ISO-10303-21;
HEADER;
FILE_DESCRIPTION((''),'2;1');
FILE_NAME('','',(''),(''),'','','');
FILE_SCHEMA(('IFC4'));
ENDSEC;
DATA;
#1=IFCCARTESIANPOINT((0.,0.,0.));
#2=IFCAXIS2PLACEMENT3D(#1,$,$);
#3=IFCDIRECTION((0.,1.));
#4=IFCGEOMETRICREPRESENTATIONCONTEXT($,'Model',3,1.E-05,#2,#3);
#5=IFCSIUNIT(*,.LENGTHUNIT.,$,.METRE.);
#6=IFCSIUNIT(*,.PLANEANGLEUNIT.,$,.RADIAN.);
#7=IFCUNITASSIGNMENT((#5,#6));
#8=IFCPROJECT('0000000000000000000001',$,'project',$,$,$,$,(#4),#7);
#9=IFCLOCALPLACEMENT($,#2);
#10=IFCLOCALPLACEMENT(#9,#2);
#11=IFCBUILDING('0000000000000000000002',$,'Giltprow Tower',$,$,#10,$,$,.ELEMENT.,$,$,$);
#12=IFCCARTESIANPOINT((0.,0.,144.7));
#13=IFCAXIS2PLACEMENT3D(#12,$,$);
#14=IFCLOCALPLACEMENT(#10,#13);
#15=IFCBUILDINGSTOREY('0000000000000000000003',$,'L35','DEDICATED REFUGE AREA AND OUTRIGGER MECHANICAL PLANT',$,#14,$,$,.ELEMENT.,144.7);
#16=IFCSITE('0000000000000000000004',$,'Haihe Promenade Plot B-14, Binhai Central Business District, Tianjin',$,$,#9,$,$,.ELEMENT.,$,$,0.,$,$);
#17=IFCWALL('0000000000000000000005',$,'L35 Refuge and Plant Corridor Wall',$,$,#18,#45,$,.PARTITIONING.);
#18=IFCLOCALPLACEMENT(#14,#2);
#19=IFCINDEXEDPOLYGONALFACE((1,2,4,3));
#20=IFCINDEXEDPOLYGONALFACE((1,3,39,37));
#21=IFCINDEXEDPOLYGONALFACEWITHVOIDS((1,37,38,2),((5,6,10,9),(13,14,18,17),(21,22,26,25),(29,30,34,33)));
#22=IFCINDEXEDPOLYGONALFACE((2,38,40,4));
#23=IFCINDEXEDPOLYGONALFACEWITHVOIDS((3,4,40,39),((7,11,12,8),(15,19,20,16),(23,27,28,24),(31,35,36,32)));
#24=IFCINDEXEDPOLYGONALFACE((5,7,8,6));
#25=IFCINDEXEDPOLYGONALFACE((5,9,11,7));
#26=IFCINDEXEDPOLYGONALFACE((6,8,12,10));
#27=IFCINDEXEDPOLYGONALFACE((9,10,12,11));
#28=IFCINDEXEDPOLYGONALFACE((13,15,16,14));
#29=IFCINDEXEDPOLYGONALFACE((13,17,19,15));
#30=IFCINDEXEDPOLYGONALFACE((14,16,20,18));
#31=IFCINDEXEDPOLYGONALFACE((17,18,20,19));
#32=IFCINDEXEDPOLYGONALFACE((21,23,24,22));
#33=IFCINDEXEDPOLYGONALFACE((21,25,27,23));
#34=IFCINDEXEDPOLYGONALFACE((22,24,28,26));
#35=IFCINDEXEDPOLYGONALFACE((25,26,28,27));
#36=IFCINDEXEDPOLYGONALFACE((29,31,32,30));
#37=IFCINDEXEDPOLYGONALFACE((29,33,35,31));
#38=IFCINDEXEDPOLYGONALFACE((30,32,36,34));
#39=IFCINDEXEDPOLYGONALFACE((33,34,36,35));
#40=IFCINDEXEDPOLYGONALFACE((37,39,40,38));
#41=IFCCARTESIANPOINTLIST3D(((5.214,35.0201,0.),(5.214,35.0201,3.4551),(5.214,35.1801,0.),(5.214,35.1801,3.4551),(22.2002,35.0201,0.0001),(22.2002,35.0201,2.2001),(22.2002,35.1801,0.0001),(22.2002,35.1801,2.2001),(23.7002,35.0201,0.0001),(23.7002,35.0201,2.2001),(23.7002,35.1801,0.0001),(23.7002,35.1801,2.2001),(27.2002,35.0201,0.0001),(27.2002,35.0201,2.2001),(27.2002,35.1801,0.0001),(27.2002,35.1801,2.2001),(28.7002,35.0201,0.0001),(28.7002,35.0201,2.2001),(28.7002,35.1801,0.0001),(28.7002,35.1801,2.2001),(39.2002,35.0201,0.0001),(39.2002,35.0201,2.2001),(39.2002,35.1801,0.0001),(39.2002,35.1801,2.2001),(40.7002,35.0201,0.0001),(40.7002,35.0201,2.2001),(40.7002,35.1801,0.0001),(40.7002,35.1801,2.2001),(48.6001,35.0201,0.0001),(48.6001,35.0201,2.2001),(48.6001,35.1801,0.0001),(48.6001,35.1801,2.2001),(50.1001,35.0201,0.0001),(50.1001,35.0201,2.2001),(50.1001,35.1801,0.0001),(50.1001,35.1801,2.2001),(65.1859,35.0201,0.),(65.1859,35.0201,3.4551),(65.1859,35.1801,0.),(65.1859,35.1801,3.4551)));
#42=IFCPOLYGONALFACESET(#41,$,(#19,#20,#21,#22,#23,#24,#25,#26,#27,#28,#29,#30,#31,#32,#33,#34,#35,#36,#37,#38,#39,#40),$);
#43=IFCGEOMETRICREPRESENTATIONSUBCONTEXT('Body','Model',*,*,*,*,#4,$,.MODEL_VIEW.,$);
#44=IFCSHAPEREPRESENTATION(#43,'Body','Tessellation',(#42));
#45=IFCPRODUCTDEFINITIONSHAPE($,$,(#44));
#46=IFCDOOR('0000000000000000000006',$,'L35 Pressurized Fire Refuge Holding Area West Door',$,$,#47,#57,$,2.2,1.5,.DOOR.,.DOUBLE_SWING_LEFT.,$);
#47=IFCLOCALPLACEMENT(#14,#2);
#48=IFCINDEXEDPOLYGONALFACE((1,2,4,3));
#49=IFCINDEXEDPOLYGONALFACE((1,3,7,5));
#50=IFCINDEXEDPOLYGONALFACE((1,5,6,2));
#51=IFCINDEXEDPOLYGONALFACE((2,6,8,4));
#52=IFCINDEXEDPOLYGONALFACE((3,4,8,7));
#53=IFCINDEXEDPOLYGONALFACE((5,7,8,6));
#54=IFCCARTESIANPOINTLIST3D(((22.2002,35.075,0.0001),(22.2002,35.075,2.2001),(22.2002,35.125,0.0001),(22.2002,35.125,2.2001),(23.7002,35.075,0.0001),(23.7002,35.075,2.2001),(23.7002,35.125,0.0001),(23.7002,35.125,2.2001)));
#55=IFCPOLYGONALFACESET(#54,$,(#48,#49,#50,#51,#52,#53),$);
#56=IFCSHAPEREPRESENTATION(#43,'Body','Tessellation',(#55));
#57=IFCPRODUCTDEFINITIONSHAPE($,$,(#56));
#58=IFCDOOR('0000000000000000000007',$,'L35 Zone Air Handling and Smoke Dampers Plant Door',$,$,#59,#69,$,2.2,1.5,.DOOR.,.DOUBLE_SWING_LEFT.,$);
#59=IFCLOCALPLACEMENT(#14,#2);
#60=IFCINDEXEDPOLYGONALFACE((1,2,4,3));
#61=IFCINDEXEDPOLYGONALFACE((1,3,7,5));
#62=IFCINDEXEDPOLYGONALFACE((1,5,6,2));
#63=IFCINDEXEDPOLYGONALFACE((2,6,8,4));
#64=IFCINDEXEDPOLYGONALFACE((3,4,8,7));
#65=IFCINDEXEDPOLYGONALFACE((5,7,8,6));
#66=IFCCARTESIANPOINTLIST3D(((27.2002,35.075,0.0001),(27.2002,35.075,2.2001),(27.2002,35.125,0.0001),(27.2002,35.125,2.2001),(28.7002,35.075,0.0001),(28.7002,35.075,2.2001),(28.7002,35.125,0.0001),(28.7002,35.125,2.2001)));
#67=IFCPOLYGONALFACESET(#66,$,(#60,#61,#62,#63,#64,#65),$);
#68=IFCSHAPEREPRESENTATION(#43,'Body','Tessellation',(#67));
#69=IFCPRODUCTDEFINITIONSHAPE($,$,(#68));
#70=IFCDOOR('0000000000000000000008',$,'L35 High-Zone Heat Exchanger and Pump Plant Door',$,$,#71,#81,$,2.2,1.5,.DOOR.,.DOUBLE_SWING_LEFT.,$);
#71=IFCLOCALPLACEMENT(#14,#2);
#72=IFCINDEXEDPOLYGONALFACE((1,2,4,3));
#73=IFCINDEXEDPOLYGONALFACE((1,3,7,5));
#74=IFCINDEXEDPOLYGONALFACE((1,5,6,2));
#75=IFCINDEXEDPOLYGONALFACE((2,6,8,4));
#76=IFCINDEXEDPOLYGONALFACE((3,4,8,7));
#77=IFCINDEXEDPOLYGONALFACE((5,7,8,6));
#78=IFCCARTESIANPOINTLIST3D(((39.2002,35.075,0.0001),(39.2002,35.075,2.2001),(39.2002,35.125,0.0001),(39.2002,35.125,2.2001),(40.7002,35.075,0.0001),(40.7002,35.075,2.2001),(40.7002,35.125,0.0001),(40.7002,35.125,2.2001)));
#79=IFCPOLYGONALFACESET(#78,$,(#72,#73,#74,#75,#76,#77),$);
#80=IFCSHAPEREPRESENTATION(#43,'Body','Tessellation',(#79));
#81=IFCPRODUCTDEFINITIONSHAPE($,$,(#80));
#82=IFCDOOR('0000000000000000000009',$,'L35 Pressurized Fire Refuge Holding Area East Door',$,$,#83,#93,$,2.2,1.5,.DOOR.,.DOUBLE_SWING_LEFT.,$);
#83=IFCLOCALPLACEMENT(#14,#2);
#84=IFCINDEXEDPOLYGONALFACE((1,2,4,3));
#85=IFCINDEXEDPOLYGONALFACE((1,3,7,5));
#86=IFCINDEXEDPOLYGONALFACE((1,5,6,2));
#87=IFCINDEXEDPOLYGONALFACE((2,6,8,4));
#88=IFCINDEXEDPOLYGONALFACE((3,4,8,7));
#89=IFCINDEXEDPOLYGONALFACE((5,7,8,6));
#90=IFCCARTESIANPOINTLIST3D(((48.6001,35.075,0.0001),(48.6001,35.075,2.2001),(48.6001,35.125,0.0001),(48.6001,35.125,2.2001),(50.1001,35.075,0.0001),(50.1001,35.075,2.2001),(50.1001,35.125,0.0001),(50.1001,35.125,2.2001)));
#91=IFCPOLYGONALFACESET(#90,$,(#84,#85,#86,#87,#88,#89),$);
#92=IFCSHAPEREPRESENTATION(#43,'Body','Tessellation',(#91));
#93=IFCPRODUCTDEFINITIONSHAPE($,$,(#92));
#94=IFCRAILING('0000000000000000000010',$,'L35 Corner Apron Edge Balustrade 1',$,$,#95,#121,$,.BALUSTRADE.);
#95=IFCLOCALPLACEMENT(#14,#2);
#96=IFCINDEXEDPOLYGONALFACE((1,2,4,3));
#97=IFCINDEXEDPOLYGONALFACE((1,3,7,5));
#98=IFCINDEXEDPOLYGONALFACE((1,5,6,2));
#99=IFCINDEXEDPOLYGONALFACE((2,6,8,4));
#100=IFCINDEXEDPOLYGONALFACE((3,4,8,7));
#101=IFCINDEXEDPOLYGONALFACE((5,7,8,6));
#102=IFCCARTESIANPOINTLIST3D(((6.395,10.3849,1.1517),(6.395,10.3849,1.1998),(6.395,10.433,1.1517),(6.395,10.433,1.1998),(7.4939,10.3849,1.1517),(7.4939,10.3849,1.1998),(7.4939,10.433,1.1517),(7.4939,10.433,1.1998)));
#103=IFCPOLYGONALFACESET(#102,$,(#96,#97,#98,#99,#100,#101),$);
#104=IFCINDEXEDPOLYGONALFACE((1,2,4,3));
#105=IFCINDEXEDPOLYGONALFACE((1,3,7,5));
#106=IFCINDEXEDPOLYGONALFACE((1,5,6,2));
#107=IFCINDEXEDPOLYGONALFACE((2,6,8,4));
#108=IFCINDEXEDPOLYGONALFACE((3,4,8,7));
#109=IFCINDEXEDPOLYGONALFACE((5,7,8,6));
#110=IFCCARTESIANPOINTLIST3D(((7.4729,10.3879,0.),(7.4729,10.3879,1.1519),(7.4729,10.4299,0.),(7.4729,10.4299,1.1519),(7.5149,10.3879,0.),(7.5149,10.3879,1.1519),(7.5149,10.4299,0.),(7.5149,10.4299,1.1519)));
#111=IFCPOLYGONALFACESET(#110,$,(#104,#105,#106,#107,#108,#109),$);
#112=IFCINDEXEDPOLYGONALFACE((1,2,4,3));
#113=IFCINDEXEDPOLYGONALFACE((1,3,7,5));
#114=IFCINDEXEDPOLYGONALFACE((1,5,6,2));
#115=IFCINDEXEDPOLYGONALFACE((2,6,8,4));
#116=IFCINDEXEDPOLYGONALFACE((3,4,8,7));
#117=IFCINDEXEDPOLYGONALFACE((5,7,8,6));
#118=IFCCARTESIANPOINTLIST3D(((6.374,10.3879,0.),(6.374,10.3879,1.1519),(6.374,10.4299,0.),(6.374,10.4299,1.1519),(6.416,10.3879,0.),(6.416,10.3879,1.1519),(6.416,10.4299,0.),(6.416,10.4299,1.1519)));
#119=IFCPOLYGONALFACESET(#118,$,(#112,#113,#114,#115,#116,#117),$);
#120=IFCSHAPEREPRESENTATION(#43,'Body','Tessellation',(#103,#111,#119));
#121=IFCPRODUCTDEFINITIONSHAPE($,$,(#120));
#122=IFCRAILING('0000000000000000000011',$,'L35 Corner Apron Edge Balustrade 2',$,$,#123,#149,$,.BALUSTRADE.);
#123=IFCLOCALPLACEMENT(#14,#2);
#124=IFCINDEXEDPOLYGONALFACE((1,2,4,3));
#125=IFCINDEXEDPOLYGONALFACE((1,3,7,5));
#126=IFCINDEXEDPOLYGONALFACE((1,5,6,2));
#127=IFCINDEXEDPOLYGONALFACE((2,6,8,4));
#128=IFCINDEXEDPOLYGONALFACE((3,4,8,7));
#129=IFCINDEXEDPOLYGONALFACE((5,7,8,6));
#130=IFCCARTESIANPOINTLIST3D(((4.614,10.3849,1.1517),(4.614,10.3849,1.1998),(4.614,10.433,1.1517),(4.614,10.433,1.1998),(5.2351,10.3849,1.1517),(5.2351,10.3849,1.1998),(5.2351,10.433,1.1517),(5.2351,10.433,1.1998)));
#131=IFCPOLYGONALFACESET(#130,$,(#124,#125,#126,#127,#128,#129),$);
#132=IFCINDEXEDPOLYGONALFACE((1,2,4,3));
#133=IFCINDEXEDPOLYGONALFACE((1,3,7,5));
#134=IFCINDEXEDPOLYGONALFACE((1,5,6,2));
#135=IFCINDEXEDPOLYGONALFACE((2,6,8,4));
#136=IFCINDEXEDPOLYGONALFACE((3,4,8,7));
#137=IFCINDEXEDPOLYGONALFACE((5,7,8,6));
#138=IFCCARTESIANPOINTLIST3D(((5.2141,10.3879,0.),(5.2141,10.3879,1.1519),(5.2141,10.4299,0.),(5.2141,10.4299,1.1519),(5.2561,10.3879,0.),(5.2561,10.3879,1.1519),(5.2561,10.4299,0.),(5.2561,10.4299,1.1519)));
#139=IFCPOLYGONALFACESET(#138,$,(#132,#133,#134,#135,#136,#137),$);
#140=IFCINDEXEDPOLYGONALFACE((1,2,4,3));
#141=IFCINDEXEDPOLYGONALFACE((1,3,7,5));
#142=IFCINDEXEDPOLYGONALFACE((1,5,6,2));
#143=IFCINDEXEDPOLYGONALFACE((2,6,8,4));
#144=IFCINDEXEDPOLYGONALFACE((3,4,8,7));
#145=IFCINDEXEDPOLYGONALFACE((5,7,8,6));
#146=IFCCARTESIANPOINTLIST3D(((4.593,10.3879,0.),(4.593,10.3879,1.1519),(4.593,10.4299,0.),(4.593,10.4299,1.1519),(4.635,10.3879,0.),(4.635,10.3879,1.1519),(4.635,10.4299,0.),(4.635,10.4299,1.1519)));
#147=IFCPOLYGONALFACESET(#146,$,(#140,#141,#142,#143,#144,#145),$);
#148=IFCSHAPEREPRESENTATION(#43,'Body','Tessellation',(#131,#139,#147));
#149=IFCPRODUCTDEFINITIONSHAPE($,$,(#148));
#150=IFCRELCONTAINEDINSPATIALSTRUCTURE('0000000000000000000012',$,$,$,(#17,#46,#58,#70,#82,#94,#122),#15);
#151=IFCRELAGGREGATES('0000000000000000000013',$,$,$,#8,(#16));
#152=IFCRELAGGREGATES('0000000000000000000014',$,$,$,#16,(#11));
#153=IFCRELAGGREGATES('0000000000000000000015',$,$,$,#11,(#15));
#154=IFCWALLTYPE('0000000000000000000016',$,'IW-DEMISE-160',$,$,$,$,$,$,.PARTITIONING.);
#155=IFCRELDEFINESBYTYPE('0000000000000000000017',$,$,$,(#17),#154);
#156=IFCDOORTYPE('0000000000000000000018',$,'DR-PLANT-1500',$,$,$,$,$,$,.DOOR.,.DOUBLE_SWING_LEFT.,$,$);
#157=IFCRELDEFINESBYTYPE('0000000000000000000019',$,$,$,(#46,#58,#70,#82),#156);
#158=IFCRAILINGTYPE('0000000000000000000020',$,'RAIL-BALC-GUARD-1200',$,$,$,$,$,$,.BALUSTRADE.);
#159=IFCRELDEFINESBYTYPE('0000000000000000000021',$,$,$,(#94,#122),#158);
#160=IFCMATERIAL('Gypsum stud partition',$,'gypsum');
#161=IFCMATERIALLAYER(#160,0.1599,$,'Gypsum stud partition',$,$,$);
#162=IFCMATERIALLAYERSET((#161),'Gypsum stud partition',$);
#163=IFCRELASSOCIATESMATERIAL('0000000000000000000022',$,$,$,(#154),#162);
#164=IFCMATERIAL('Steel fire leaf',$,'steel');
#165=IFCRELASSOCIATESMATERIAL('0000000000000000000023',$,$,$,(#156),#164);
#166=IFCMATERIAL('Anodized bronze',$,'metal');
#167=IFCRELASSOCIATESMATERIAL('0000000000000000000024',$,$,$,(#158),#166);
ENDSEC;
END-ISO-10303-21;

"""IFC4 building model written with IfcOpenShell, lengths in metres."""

from ifc_helpers import new_model, si_unit, direction, frame, frame_2d, origin, origin_2d, place, context, subcontext, project, spatial, rectangle, extrude, source, transform, mapped, material, layer, layer_set, type_object, element, fill, save


model = new_model("IFC4")

# Units and contexts
model_context = context("Model", 3, precision=1e-05, world=origin(), true_north=direction((0.0, 1.0)))
body_context = subcontext(model_context, "Body", "Model", "MODEL_VIEW")
ifc_project = project(units=[si_unit("LENGTHUNIT", "METRE"), si_unit("PLANEANGLEUNIT", "RADIAN")], contexts=[model_context])

# Site, building, storey
site_placement = place(None, origin())
site = spatial("IfcSite", under=ifc_project, at=site_placement, Name="Haihe Promenade Plot B-14, Binhai Central Business District, Tianjin", CompositionType="ELEMENT", RefElevation=0.0)
building_placement = place(site_placement, origin())
building = spatial("IfcBuilding", under=site, at=building_placement, Name="Giltprow Tower", CompositionType="ELEMENT")
storey_placement = place(building_placement, frame((0.0, 0.0, 144.7)))
storey = spatial("IfcBuildingStorey", under=building, at=storey_placement, Name="L35", Description="DEDICATED REFUGE AREA AND OUTRIGGER MECHANICAL PLANT", CompositionType="ELEMENT", Elevation=144.7)

# Wall, openings, doors
ifc_material_1 = material(Name="Gypsum stud partition", Category="gypsum")
ifc_layer_1 = layer(ifc_material_1, 0.1599, Name="Gypsum stud partition")
ifc_layer_set_1 = layer_set([ifc_layer_1], Name="Gypsum stud partition")
wall_type_1 = type_object("IfcWallType", Name="IW-DEMISE-160", PredefinedType="PARTITIONING", material=ifc_layer_set_1)
wall_1_placement = place(storey_placement, frame((5.2141, 35.1001, 0.0), z_axis=(0.0, 0.0, 1.0), x_axis=(1.0, 0.0, 0.0)))
wall_1 = element("IfcWall", 1, at=wall_1_placement, inside=storey, type_object=wall_type_1, Name="L35 Refuge and Plant Corridor Wall", PredefinedType="PARTITIONING", context=body_context, shape_type="SweptSolid", body=[
    extrude(rectangle(XDim=59.9719, YDim=0.1599, at=frame_2d((29.9858, 0.0))), origin(), (0.0, 0.0, 1.0), 3.4551),
])
opening_1_placement = place(wall_1_placement, frame((16.9861, 0.0, 0.0)))
opening_1 = element("IfcOpeningElement", 2, at=opening_1_placement, cuts=wall_1, PredefinedType="OPENING", context=body_context, shape_type="SweptSolid", body=[
    extrude(rectangle(XDim=1.5, YDim=2.2, at=frame_2d((0.75, 1.1001))), frame((0.0, 0.0898, 0.0), z_axis=(0.0, -1.0, 0.0), x_axis=(1.0, 0.0, 0.0)), (0.0, 0.0, 1.0), 0.1799),
])
opening_2_placement = place(wall_1_placement, frame((21.9861, 0.0, 0.0)))
opening_2 = element("IfcOpeningElement", 3, at=opening_2_placement, cuts=wall_1, PredefinedType="OPENING", context=body_context, shape_type="SweptSolid", body=[
    extrude(rectangle(XDim=1.5, YDim=2.2, at=frame_2d((0.75, 1.1001))), frame((0.0, 0.0898, 0.0), z_axis=(0.0, -1.0, 0.0), x_axis=(1.0, 0.0, 0.0)), (0.0, 0.0, 1.0), 0.1799),
])
opening_3_placement = place(wall_1_placement, frame((33.9861, 0.0, 0.0)))
opening_3 = element("IfcOpeningElement", 4, at=opening_3_placement, cuts=wall_1, PredefinedType="OPENING", context=body_context, shape_type="SweptSolid", body=[
    extrude(rectangle(XDim=1.5, YDim=2.2, at=frame_2d((0.75, 1.1001))), frame((0.0, 0.0898, 0.0), z_axis=(0.0, -1.0, 0.0), x_axis=(1.0, 0.0, 0.0)), (0.0, 0.0, 1.0), 0.1799),
])
opening_4_placement = place(wall_1_placement, frame((43.386, 0.0, 0.0)))
opening_4 = element("IfcOpeningElement", 5, at=opening_4_placement, cuts=wall_1, PredefinedType="OPENING", context=body_context, shape_type="SweptSolid", body=[
    extrude(rectangle(XDim=1.5, YDim=2.2, at=frame_2d((0.75, 1.1001))), frame((0.0, 0.0898, 0.0), z_axis=(0.0, -1.0, 0.0), x_axis=(1.0, 0.0, 0.0)), (0.0, 0.0, 1.0), 0.1799),
])
ifc_material_2 = material(Name="Steel fire leaf", Category="steel")
door_type = type_object("IfcDoorType", Name="DR-PLANT-1500", OperationType="DOUBLE_SWING_LEFT", PredefinedType="DOOR", material=ifc_material_2)
shared_shape_1 = source(origin(), body_context, "Body", "SweptSolid", [
    extrude(rectangle(XDim=1.5, YDim=2.2, at=frame_2d((0.75, 1.1001))), frame((0.0, 0.0249, 0.0), z_axis=(0.0, -1.0, 0.0), x_axis=(1.0, 0.0, 0.0)), (0.0, 0.0, 1.0), 0.05),
])
door_1_placement = place(opening_1_placement, origin())
door_1 = element("IfcDoor", 6, at=door_1_placement, inside=storey, type_object=door_type, Name="L35 Pressurized Fire Refuge Holding Area West Door", OperationType="DOUBLE_SWING_LEFT", OverallHeight=2.2, OverallWidth=1.5, PredefinedType="DOOR", context=body_context, shape_type="MappedRepresentation", body=[
    mapped(shared_shape_1, transform((0.0, 0.0, 0.0), x_axis=(1.0, 0.0, 0.0), y_axis=(0.0, 1.0, 0.0), z_axis=(0.0, 0.0, 1.0), scale=1.0)),
])
fill(opening_1, door_1)
door_2_placement = place(opening_2_placement, origin())
door_2 = element("IfcDoor", 7, at=door_2_placement, inside=storey, type_object=door_type, Name="L35 Zone Air Handling and Smoke Dampers Plant Door", OperationType="DOUBLE_SWING_LEFT", OverallHeight=2.2, OverallWidth=1.5, PredefinedType="DOOR", context=body_context, shape_type="MappedRepresentation", body=[
    mapped(shared_shape_1, transform((0.0, 0.0, 0.0), x_axis=(1.0, 0.0, 0.0), y_axis=(0.0, 1.0, 0.0), z_axis=(0.0, 0.0, 1.0), scale=1.0)),
])
fill(opening_2, door_2)
door_3_placement = place(opening_3_placement, origin())
door_3 = element("IfcDoor", 8, at=door_3_placement, inside=storey, type_object=door_type, Name="L35 High-Zone Heat Exchanger and Pump Plant Door", OperationType="DOUBLE_SWING_LEFT", OverallHeight=2.2, OverallWidth=1.5, PredefinedType="DOOR", context=body_context, shape_type="MappedRepresentation", body=[
    mapped(shared_shape_1, transform((0.0, 0.0, 0.0), x_axis=(1.0, 0.0, 0.0), y_axis=(0.0, 1.0, 0.0), z_axis=(0.0, 0.0, 1.0), scale=1.0)),
])
fill(opening_3, door_3)
door_4_placement = place(opening_4_placement, origin())
door_4 = element("IfcDoor", 9, at=door_4_placement, inside=storey, type_object=door_type, Name="L35 Pressurized Fire Refuge Holding Area East Door", OperationType="DOUBLE_SWING_LEFT", OverallHeight=2.2, OverallWidth=1.5, PredefinedType="DOOR", context=body_context, shape_type="MappedRepresentation", body=[
    mapped(shared_shape_1, transform((0.0, 0.0, 0.0), x_axis=(1.0, 0.0, 0.0), y_axis=(0.0, 1.0, 0.0), z_axis=(0.0, 0.0, 1.0), scale=1.0)),
])
fill(opening_4, door_4)

# Railings
ifc_material_3 = material(Name="Anodized bronze", Category="metal")
railing_type = type_object("IfcRailingType", Name="RAIL-BALC-GUARD-1200", PredefinedType="BALUSTRADE", material=ifc_material_3)
railing_1_placement = place(storey_placement, frame((7.4939, 10.4089, 0.0)))
element("IfcRailing", 10, at=railing_1_placement, inside=storey, type_object=railing_type, Name="L35 Corner Apron Edge Balustrade 1", PredefinedType="BALUSTRADE", context=body_context, shape_type="SweptSolid", body=[
    extrude(rectangle(XDim=0.0481, YDim=0.0481, at=origin_2d()), frame((0.0, 0.0, 1.1758), z_axis=(-1.0, 0.0, 0.0), x_axis=(0.0, -1.0, 0.0)), (0.0, 0.0, 1.0), 1.0989),
    extrude(rectangle(XDim=0.042, YDim=0.042, at=origin_2d()), origin(), (0.0, 0.0, 1.0), 1.1519),
    extrude(rectangle(XDim=0.042, YDim=0.042, at=origin_2d()), frame((-1.0989, 0.0, 0.0)), (0.0, 0.0, 1.0), 1.1519),
])
railing_2_placement = place(storey_placement, frame((5.2351, 10.4089, 0.0)))
element("IfcRailing", 11, at=railing_2_placement, inside=storey, type_object=railing_type, Name="L35 Corner Apron Edge Balustrade 2", PredefinedType="BALUSTRADE", context=body_context, shape_type="SweptSolid", body=[
    extrude(rectangle(XDim=0.0481, YDim=0.0481, at=origin_2d()), frame((0.0, 0.0, 1.1758), z_axis=(-1.0, 0.0, 0.0), x_axis=(0.0, -1.0, 0.0)), (0.0, 0.0, 1.0), 0.6211),
    extrude(rectangle(XDim=0.042, YDim=0.042, at=origin_2d()), origin(), (0.0, 0.0, 1.0), 1.1519),
    extrude(rectangle(XDim=0.042, YDim=0.042, at=origin_2d()), frame((-0.6211, 0.0, 0.0)), (0.0, 0.0, 1.0), 1.1519),
])

save(model, "model.ifc")
